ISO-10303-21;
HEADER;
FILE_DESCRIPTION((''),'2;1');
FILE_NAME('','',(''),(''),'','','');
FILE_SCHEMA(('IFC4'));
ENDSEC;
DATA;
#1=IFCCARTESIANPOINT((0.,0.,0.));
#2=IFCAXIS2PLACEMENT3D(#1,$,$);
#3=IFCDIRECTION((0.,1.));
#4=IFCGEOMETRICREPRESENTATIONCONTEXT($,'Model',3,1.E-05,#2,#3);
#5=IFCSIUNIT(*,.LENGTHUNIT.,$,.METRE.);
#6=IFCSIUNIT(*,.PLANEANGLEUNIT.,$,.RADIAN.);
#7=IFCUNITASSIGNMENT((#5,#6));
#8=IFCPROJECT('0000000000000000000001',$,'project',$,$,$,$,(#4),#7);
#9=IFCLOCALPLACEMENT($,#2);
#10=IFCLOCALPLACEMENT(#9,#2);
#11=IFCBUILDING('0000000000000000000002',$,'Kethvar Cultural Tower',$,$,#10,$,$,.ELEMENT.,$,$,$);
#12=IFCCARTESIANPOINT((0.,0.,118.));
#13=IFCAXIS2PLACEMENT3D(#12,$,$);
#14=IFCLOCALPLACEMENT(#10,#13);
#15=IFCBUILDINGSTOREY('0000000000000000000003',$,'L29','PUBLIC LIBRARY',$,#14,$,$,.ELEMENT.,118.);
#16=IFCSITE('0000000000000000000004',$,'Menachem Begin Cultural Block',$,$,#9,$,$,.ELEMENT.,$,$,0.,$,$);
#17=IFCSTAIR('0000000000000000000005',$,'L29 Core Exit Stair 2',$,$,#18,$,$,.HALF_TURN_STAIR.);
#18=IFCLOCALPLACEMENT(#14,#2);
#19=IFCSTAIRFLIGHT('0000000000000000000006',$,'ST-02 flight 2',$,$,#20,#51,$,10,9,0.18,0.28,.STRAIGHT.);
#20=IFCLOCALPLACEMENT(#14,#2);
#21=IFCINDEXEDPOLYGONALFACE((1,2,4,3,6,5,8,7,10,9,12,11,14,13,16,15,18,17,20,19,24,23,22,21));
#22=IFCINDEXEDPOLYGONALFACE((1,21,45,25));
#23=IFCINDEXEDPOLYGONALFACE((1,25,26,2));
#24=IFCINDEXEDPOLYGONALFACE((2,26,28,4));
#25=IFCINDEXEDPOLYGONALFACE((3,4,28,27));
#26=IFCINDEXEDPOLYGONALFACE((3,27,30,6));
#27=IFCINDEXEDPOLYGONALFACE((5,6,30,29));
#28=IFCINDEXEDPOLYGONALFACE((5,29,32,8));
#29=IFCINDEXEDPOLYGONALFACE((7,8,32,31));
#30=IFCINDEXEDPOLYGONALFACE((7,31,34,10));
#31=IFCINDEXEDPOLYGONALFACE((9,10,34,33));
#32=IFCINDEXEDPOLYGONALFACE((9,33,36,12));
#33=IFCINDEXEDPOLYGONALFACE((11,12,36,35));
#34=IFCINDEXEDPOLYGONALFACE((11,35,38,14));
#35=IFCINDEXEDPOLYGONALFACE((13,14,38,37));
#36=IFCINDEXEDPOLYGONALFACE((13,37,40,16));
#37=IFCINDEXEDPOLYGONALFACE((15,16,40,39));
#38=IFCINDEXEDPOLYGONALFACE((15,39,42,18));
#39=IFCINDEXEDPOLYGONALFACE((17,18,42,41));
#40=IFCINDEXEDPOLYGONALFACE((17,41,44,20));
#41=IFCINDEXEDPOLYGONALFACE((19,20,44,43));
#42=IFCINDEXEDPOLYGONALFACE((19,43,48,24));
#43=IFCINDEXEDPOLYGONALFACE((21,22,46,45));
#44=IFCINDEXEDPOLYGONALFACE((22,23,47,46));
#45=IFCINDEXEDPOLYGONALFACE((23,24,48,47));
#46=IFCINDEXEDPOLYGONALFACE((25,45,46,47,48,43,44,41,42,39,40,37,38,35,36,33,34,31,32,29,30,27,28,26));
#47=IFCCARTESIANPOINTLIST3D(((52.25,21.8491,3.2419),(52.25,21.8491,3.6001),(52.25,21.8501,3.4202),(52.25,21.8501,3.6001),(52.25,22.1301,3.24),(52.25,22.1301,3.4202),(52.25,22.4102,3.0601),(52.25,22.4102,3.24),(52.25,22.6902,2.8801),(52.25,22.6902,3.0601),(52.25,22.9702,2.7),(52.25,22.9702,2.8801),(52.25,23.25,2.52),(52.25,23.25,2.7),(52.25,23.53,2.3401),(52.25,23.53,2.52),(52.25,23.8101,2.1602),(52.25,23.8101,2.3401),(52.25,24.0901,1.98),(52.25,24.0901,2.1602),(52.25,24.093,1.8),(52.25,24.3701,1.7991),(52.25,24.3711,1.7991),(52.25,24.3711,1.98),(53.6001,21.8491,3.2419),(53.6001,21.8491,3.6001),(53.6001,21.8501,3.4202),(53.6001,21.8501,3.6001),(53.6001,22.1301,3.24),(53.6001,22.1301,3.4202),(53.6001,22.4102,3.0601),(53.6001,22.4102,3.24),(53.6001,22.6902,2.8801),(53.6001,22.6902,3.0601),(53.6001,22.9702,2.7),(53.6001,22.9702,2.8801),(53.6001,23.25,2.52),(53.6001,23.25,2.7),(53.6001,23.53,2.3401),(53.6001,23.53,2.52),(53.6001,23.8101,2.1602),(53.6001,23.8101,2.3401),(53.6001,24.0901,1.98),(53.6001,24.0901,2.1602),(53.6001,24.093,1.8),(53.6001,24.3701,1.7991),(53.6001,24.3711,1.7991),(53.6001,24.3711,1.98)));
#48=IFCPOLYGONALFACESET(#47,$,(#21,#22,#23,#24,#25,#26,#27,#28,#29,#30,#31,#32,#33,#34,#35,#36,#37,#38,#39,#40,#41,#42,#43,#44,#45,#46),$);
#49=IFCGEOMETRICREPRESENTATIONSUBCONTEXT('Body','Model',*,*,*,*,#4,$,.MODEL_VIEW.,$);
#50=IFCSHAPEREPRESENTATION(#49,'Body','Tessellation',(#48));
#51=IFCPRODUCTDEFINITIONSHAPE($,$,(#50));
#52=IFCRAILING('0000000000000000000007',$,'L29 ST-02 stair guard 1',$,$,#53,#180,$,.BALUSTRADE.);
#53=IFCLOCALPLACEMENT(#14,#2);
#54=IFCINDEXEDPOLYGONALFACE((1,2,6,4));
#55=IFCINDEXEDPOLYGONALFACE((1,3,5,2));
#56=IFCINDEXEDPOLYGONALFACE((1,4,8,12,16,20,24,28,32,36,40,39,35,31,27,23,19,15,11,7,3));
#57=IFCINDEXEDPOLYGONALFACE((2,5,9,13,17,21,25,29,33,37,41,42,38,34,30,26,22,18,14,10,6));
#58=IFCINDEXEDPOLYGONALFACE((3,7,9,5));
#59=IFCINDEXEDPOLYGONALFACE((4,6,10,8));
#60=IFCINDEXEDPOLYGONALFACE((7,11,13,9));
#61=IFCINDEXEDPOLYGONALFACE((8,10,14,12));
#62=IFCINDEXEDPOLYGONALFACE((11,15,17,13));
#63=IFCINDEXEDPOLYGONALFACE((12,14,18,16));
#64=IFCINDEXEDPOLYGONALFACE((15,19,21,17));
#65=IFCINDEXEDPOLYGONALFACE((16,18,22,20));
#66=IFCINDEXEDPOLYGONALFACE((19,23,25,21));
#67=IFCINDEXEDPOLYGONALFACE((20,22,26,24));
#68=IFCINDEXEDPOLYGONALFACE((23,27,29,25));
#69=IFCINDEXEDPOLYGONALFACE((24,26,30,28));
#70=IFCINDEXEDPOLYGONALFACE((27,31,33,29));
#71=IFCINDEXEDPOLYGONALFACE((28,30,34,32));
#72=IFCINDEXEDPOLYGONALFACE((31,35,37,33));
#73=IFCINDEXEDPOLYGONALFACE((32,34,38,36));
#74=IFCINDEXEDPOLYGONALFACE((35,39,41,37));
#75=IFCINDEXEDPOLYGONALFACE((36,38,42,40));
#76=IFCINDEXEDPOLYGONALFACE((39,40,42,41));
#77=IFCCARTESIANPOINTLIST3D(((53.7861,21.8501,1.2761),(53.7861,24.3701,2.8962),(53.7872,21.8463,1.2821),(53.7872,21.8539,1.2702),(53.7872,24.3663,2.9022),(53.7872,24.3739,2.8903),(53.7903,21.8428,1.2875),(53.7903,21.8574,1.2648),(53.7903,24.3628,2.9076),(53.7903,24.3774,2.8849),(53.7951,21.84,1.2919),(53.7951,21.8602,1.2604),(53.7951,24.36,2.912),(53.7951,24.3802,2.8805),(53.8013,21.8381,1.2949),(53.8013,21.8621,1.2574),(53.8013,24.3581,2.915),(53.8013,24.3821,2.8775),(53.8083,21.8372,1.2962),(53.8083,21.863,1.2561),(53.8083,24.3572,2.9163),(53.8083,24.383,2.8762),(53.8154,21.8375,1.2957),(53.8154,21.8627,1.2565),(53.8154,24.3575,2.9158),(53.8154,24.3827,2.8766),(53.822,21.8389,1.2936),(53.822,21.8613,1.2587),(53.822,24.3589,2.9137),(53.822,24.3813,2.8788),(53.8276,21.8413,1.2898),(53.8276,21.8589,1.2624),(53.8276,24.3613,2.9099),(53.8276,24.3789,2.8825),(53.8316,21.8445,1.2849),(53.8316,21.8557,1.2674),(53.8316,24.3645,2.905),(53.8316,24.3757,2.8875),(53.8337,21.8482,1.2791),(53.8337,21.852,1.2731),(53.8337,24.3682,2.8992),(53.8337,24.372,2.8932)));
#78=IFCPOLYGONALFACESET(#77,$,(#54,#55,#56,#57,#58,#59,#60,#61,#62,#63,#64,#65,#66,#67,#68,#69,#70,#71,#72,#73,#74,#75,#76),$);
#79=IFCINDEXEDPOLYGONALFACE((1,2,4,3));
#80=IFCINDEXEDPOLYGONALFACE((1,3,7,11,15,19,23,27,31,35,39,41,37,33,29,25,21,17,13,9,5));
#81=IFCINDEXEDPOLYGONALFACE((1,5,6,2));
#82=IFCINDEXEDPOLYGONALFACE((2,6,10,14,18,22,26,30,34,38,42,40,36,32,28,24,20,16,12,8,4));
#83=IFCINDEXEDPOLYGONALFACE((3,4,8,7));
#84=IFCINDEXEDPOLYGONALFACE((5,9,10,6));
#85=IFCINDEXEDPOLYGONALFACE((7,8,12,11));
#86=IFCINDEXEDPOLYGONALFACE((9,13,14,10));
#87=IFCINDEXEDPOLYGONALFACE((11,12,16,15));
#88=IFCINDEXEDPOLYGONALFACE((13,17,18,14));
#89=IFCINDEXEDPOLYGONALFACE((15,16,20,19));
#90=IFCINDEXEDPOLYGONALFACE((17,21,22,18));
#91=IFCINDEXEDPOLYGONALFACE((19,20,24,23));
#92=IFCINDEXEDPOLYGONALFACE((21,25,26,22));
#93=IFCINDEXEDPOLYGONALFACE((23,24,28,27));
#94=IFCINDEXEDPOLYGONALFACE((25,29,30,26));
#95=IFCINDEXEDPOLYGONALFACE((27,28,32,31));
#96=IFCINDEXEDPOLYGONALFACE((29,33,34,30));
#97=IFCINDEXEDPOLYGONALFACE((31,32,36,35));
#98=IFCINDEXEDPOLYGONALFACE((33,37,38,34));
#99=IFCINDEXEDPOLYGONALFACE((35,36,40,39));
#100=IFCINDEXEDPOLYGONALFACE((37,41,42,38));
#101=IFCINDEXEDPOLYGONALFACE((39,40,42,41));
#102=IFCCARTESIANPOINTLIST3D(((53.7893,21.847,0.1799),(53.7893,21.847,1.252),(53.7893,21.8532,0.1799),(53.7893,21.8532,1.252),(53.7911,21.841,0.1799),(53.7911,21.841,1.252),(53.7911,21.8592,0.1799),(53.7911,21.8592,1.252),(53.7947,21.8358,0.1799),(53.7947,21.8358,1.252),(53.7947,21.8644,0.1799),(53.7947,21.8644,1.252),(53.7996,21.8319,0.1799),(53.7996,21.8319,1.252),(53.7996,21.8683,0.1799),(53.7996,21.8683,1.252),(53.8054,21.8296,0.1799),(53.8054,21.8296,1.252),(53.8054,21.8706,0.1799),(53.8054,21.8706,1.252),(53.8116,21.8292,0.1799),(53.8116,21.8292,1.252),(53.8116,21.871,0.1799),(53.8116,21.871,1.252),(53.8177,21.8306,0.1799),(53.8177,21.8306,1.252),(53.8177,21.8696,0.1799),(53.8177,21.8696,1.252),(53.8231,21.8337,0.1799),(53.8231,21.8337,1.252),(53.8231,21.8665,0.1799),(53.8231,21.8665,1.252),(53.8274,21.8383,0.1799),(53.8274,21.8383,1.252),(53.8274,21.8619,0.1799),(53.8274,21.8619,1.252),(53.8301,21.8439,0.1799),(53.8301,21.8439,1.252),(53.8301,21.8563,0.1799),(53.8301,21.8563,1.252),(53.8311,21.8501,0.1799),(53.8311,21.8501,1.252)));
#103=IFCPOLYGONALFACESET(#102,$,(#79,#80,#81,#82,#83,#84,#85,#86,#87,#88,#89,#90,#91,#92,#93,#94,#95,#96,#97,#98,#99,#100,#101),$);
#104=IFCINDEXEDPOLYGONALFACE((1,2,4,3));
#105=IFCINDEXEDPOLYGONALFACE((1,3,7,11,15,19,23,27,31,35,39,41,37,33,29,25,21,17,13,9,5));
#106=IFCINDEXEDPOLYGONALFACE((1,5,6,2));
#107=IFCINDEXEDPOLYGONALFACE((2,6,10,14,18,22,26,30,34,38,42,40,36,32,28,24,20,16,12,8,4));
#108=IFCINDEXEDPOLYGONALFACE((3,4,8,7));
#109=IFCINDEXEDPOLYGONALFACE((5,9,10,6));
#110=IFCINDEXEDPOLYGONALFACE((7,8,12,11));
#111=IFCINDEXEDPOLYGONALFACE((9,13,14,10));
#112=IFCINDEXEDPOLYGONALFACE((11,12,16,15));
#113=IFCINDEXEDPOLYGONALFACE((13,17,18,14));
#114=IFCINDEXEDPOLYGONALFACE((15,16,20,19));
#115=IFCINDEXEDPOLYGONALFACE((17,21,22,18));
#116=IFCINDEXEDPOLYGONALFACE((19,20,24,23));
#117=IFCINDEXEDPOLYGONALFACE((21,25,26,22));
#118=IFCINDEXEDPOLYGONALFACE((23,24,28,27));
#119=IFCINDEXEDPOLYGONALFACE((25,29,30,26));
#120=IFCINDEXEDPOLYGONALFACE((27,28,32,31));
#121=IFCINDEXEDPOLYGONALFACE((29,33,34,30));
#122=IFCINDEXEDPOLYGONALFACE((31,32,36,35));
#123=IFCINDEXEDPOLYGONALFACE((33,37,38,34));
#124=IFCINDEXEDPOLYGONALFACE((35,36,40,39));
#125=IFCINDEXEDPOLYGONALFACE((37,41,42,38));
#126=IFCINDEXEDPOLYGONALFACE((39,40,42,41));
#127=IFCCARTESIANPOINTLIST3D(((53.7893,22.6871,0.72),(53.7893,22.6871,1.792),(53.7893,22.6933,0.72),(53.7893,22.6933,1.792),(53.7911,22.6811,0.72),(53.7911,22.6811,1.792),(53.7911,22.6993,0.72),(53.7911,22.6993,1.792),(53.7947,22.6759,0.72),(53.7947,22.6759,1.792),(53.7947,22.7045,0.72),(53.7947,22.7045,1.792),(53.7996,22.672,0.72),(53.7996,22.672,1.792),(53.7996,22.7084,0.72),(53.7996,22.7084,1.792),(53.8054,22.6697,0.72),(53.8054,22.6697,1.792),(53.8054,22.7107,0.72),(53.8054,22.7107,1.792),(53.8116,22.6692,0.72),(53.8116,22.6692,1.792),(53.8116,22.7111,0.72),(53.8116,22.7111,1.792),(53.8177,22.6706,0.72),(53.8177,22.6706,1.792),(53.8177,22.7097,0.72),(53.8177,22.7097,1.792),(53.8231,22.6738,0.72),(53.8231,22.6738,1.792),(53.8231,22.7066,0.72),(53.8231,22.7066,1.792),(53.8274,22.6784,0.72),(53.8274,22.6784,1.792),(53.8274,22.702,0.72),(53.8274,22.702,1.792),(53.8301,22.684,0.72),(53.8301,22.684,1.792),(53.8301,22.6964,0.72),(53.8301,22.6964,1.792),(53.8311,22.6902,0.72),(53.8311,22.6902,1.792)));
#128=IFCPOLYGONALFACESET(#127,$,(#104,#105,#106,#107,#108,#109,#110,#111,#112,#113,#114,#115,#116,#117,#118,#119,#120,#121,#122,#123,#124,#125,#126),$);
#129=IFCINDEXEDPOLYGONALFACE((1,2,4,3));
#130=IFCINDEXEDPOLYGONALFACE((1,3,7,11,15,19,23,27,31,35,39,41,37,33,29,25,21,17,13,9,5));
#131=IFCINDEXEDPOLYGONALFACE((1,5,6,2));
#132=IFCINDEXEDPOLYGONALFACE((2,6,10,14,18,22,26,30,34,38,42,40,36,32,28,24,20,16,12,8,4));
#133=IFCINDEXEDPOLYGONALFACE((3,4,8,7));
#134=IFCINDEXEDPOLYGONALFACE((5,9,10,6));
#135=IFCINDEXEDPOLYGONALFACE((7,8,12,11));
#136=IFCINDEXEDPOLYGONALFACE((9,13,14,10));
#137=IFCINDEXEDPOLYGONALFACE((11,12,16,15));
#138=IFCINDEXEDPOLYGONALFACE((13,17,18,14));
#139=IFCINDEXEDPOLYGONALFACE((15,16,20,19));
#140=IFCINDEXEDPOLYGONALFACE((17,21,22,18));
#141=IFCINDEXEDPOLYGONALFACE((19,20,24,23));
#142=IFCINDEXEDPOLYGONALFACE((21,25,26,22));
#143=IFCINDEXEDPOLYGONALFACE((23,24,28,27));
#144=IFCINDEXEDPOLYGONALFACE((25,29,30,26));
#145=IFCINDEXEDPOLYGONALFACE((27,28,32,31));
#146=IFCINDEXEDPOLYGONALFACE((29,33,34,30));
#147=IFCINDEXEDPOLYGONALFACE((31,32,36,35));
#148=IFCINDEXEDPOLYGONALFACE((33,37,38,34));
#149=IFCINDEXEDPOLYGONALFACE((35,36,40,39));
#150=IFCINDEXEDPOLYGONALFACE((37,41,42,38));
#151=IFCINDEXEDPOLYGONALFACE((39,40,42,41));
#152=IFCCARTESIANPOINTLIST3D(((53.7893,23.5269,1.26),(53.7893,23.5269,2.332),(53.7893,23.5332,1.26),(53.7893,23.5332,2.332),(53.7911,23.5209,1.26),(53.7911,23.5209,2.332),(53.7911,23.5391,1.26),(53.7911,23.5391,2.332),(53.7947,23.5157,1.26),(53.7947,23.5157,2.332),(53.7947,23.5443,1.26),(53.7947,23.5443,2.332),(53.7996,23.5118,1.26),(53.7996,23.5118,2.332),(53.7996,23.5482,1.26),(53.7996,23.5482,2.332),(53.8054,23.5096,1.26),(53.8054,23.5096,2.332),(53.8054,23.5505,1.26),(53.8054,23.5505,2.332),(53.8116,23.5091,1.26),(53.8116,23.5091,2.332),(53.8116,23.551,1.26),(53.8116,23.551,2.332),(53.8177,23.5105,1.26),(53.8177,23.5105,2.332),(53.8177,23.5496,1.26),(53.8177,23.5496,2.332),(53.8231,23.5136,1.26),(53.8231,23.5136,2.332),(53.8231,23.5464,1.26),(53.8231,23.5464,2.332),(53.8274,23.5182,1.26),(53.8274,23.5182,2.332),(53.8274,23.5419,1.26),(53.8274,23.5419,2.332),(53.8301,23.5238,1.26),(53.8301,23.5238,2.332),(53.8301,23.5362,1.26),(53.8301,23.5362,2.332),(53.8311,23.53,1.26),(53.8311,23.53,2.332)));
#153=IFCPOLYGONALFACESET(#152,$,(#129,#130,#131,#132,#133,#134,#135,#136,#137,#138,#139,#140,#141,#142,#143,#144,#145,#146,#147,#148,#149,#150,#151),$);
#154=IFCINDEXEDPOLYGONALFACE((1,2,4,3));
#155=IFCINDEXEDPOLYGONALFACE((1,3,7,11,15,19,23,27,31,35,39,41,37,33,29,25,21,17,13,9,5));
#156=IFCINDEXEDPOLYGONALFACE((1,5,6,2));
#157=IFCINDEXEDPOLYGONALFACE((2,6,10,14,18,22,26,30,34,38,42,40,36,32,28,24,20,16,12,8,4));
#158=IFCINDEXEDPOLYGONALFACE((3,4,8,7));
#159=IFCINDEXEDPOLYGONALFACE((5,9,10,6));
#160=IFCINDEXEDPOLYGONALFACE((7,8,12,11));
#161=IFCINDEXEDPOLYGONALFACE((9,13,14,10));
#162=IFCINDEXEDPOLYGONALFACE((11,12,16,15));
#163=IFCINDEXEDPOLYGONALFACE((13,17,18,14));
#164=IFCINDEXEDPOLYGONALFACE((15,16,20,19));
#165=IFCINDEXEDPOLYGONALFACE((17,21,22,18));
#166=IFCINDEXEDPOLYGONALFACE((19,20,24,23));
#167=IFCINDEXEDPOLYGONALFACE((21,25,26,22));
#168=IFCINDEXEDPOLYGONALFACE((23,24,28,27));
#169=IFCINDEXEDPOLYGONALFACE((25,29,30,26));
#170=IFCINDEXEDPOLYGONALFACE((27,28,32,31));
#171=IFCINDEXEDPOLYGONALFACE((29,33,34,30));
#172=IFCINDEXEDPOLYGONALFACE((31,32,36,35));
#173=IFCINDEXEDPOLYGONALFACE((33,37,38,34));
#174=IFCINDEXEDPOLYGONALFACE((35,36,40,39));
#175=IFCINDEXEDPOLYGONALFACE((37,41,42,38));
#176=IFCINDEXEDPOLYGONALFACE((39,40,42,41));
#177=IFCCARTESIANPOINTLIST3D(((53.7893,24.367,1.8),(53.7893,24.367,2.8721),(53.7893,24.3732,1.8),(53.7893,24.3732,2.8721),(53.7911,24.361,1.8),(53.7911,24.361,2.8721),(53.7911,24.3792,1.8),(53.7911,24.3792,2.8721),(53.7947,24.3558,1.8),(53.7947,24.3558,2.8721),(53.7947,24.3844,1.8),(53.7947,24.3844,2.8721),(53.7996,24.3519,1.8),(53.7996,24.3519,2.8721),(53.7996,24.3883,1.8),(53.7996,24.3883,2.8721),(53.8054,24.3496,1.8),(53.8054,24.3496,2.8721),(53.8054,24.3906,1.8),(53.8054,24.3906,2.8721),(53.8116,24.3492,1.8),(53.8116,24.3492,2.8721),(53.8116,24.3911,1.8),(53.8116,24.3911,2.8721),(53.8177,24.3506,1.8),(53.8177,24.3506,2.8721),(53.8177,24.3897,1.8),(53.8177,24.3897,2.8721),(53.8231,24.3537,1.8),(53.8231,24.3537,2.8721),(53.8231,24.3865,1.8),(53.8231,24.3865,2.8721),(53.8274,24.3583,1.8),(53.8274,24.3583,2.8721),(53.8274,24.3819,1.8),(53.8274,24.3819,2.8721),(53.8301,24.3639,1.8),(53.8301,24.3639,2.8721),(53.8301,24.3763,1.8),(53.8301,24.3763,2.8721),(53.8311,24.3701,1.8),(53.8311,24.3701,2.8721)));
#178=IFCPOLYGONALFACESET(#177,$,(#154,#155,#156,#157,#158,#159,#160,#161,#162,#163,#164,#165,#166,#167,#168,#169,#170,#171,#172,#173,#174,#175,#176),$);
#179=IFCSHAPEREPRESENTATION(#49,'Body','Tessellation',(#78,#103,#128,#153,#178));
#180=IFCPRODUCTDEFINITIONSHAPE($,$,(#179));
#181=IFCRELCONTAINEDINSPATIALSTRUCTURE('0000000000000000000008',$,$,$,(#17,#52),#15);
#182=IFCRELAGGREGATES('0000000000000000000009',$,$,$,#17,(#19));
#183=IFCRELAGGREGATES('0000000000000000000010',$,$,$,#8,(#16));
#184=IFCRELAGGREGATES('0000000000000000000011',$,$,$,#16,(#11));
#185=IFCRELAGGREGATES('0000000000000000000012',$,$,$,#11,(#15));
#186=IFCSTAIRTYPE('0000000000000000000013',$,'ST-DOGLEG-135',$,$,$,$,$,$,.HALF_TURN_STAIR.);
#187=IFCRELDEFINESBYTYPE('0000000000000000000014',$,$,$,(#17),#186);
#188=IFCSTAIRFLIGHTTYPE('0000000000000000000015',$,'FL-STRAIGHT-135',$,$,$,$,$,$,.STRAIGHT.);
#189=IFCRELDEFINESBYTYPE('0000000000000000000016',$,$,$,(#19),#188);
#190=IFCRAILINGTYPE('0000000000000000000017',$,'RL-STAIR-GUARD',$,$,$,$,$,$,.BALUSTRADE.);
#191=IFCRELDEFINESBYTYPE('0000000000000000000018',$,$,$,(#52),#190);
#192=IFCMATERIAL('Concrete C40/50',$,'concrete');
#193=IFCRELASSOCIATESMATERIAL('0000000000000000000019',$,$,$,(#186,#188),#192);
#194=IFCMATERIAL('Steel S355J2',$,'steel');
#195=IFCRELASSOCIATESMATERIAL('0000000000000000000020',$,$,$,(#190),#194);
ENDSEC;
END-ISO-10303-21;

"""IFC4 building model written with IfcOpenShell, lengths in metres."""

from ifc_helpers import new_model, si_unit, direction, frame, origin, origin_2d, place, context, subcontext, project, spatial, polyline, circle, outline, extrude, material, type_object, element, aggregate, save


model = new_model("IFC4")

# Units and contexts
model_context = context("Model", 3, precision=1e-05, world=origin(), true_north=direction((0.0, 1.0)))
body_context = subcontext(model_context, "Body", "Model", "MODEL_VIEW")
ifc_project = project(units=[si_unit("LENGTHUNIT", "METRE"), si_unit("PLANEANGLEUNIT", "RADIAN")], contexts=[model_context])

# Site, building, storey
site_placement = place(None, origin())
site = spatial("IfcSite", under=ifc_project, at=site_placement, Name="Menachem Begin Cultural Block", CompositionType="ELEMENT", RefElevation=0.0)
building_placement = place(site_placement, origin())
building = spatial("IfcBuilding", under=site, at=building_placement, Name="Kethvar Cultural Tower", CompositionType="ELEMENT")
storey_placement = place(building_placement, frame((0.0, 0.0, 118.0)))
storey = spatial("IfcBuildingStorey", under=building, at=storey_placement, Name="L29", Description="PUBLIC LIBRARY", CompositionType="ELEMENT", Elevation=118.0)

# Shared definitions
ifc_material_1 = material(Name="Steel S355J2", Category="steel")

# Stair, stair flight
ifc_material_2 = material(Name="Concrete C40/50", Category="concrete")
stair_type = type_object("IfcStairType", Name="ST-DOGLEG-135", PredefinedType="HALF_TURN_STAIR", material=ifc_material_2)
stair_placement = place(storey_placement, origin())
stair = element("IfcStair", 1, at=stair_placement, inside=storey, type_object=stair_type, Name="L29 Core Exit Stair 2", PredefinedType="HALF_TURN_STAIR")
stair_flight_type = type_object("IfcStairFlightType", Name="FL-STRAIGHT-135", PredefinedType="STRAIGHT", material=ifc_material_2)
stair_flight_1_placement = place(storey_placement, frame((52.925, 24.3701, 1.8), z_axis=(0.0, 0.0, 1.0), x_axis=(0.0, -1.0, 0.0)))
stair_flight_1 = element("IfcStairFlight", 2, at=stair_flight_1_placement, type_object=stair_flight_type, Name="ST-02 flight 2", NumberOfRisers=10, NumberOfTreads=9, PredefinedType="STRAIGHT", RiserHeight=0.18, TreadLength=0.28, context=body_context, shape_type="SweptSolid", body=[
    extrude(outline(polyline([(-0.001, -0.001), (-0.001, 0.1799), (0.28, 0.1799), (0.28, 0.3601), (0.5601, 0.3601), (0.5601, 0.54), (0.8401, 0.54), (0.8401, 0.72), (1.1201, 0.72), (1.1201, 0.8999), (1.3999, 0.8999), (1.3999, 1.0801), (1.6799, 1.0801), (1.6799, 1.26), (1.96, 1.26), (1.96, 1.4399), (2.24, 1.4399), (2.24, 1.6201), (2.52, 1.6201), (2.52, 1.8), (2.521, 1.8), (2.521, 1.4419), (0.2771, 0.0), (0.0, -0.001), (-0.001, -0.001)])), frame((0.0, 0.675, 0.0), z_axis=(0.0, -1.0, 0.0), x_axis=(1.0, 0.0, 0.0)), (0.0, 0.0, 1.0), 1.3501),
])
aggregate(stair, [stair_flight_1])

# Railing
railing_type_1 = type_object("IfcRailingType", Name="RL-STAIR-GUARD", PredefinedType="BALUSTRADE", material=ifc_material_1)
railing_1_placement = place(storey_placement, frame((53.8101, 21.8501, 0.1799)))
element("IfcRailing", 3, at=railing_1_placement, inside=storey, type_object=railing_type_1, Name="L29 ST-02 stair guard 1", PredefinedType="BALUSTRADE", context=body_context, shape_type="SweptSolid", body=[
    extrude(circle(Radius=0.0239, at=origin_2d()), frame((0.0, 0.0, 1.0962), z_axis=(0.0, 0.841163, 0.540782), x_axis=(-1.0, 0.0, 0.0)), (0.0, 0.0, 1.0), 2.9958),
    extrude(circle(Radius=0.021, at=origin_2d()), origin(), (0.0, 0.0, 1.0), 1.072),
    extrude(circle(Radius=0.021, at=origin_2d()), frame((0.0, 0.8401, 0.54)), (0.0, 0.0, 1.0), 1.072),
    extrude(circle(Radius=0.021, at=origin_2d()), frame((0.0, 1.6799, 1.0801)), (0.0, 0.0, 1.0), 1.072),
    extrude(circle(Radius=0.021, at=origin_2d()), frame((0.0, 2.52, 1.6201)), (0.0, 0.0, 1.0), 1.072),
])

save(model, "model.ifc")
